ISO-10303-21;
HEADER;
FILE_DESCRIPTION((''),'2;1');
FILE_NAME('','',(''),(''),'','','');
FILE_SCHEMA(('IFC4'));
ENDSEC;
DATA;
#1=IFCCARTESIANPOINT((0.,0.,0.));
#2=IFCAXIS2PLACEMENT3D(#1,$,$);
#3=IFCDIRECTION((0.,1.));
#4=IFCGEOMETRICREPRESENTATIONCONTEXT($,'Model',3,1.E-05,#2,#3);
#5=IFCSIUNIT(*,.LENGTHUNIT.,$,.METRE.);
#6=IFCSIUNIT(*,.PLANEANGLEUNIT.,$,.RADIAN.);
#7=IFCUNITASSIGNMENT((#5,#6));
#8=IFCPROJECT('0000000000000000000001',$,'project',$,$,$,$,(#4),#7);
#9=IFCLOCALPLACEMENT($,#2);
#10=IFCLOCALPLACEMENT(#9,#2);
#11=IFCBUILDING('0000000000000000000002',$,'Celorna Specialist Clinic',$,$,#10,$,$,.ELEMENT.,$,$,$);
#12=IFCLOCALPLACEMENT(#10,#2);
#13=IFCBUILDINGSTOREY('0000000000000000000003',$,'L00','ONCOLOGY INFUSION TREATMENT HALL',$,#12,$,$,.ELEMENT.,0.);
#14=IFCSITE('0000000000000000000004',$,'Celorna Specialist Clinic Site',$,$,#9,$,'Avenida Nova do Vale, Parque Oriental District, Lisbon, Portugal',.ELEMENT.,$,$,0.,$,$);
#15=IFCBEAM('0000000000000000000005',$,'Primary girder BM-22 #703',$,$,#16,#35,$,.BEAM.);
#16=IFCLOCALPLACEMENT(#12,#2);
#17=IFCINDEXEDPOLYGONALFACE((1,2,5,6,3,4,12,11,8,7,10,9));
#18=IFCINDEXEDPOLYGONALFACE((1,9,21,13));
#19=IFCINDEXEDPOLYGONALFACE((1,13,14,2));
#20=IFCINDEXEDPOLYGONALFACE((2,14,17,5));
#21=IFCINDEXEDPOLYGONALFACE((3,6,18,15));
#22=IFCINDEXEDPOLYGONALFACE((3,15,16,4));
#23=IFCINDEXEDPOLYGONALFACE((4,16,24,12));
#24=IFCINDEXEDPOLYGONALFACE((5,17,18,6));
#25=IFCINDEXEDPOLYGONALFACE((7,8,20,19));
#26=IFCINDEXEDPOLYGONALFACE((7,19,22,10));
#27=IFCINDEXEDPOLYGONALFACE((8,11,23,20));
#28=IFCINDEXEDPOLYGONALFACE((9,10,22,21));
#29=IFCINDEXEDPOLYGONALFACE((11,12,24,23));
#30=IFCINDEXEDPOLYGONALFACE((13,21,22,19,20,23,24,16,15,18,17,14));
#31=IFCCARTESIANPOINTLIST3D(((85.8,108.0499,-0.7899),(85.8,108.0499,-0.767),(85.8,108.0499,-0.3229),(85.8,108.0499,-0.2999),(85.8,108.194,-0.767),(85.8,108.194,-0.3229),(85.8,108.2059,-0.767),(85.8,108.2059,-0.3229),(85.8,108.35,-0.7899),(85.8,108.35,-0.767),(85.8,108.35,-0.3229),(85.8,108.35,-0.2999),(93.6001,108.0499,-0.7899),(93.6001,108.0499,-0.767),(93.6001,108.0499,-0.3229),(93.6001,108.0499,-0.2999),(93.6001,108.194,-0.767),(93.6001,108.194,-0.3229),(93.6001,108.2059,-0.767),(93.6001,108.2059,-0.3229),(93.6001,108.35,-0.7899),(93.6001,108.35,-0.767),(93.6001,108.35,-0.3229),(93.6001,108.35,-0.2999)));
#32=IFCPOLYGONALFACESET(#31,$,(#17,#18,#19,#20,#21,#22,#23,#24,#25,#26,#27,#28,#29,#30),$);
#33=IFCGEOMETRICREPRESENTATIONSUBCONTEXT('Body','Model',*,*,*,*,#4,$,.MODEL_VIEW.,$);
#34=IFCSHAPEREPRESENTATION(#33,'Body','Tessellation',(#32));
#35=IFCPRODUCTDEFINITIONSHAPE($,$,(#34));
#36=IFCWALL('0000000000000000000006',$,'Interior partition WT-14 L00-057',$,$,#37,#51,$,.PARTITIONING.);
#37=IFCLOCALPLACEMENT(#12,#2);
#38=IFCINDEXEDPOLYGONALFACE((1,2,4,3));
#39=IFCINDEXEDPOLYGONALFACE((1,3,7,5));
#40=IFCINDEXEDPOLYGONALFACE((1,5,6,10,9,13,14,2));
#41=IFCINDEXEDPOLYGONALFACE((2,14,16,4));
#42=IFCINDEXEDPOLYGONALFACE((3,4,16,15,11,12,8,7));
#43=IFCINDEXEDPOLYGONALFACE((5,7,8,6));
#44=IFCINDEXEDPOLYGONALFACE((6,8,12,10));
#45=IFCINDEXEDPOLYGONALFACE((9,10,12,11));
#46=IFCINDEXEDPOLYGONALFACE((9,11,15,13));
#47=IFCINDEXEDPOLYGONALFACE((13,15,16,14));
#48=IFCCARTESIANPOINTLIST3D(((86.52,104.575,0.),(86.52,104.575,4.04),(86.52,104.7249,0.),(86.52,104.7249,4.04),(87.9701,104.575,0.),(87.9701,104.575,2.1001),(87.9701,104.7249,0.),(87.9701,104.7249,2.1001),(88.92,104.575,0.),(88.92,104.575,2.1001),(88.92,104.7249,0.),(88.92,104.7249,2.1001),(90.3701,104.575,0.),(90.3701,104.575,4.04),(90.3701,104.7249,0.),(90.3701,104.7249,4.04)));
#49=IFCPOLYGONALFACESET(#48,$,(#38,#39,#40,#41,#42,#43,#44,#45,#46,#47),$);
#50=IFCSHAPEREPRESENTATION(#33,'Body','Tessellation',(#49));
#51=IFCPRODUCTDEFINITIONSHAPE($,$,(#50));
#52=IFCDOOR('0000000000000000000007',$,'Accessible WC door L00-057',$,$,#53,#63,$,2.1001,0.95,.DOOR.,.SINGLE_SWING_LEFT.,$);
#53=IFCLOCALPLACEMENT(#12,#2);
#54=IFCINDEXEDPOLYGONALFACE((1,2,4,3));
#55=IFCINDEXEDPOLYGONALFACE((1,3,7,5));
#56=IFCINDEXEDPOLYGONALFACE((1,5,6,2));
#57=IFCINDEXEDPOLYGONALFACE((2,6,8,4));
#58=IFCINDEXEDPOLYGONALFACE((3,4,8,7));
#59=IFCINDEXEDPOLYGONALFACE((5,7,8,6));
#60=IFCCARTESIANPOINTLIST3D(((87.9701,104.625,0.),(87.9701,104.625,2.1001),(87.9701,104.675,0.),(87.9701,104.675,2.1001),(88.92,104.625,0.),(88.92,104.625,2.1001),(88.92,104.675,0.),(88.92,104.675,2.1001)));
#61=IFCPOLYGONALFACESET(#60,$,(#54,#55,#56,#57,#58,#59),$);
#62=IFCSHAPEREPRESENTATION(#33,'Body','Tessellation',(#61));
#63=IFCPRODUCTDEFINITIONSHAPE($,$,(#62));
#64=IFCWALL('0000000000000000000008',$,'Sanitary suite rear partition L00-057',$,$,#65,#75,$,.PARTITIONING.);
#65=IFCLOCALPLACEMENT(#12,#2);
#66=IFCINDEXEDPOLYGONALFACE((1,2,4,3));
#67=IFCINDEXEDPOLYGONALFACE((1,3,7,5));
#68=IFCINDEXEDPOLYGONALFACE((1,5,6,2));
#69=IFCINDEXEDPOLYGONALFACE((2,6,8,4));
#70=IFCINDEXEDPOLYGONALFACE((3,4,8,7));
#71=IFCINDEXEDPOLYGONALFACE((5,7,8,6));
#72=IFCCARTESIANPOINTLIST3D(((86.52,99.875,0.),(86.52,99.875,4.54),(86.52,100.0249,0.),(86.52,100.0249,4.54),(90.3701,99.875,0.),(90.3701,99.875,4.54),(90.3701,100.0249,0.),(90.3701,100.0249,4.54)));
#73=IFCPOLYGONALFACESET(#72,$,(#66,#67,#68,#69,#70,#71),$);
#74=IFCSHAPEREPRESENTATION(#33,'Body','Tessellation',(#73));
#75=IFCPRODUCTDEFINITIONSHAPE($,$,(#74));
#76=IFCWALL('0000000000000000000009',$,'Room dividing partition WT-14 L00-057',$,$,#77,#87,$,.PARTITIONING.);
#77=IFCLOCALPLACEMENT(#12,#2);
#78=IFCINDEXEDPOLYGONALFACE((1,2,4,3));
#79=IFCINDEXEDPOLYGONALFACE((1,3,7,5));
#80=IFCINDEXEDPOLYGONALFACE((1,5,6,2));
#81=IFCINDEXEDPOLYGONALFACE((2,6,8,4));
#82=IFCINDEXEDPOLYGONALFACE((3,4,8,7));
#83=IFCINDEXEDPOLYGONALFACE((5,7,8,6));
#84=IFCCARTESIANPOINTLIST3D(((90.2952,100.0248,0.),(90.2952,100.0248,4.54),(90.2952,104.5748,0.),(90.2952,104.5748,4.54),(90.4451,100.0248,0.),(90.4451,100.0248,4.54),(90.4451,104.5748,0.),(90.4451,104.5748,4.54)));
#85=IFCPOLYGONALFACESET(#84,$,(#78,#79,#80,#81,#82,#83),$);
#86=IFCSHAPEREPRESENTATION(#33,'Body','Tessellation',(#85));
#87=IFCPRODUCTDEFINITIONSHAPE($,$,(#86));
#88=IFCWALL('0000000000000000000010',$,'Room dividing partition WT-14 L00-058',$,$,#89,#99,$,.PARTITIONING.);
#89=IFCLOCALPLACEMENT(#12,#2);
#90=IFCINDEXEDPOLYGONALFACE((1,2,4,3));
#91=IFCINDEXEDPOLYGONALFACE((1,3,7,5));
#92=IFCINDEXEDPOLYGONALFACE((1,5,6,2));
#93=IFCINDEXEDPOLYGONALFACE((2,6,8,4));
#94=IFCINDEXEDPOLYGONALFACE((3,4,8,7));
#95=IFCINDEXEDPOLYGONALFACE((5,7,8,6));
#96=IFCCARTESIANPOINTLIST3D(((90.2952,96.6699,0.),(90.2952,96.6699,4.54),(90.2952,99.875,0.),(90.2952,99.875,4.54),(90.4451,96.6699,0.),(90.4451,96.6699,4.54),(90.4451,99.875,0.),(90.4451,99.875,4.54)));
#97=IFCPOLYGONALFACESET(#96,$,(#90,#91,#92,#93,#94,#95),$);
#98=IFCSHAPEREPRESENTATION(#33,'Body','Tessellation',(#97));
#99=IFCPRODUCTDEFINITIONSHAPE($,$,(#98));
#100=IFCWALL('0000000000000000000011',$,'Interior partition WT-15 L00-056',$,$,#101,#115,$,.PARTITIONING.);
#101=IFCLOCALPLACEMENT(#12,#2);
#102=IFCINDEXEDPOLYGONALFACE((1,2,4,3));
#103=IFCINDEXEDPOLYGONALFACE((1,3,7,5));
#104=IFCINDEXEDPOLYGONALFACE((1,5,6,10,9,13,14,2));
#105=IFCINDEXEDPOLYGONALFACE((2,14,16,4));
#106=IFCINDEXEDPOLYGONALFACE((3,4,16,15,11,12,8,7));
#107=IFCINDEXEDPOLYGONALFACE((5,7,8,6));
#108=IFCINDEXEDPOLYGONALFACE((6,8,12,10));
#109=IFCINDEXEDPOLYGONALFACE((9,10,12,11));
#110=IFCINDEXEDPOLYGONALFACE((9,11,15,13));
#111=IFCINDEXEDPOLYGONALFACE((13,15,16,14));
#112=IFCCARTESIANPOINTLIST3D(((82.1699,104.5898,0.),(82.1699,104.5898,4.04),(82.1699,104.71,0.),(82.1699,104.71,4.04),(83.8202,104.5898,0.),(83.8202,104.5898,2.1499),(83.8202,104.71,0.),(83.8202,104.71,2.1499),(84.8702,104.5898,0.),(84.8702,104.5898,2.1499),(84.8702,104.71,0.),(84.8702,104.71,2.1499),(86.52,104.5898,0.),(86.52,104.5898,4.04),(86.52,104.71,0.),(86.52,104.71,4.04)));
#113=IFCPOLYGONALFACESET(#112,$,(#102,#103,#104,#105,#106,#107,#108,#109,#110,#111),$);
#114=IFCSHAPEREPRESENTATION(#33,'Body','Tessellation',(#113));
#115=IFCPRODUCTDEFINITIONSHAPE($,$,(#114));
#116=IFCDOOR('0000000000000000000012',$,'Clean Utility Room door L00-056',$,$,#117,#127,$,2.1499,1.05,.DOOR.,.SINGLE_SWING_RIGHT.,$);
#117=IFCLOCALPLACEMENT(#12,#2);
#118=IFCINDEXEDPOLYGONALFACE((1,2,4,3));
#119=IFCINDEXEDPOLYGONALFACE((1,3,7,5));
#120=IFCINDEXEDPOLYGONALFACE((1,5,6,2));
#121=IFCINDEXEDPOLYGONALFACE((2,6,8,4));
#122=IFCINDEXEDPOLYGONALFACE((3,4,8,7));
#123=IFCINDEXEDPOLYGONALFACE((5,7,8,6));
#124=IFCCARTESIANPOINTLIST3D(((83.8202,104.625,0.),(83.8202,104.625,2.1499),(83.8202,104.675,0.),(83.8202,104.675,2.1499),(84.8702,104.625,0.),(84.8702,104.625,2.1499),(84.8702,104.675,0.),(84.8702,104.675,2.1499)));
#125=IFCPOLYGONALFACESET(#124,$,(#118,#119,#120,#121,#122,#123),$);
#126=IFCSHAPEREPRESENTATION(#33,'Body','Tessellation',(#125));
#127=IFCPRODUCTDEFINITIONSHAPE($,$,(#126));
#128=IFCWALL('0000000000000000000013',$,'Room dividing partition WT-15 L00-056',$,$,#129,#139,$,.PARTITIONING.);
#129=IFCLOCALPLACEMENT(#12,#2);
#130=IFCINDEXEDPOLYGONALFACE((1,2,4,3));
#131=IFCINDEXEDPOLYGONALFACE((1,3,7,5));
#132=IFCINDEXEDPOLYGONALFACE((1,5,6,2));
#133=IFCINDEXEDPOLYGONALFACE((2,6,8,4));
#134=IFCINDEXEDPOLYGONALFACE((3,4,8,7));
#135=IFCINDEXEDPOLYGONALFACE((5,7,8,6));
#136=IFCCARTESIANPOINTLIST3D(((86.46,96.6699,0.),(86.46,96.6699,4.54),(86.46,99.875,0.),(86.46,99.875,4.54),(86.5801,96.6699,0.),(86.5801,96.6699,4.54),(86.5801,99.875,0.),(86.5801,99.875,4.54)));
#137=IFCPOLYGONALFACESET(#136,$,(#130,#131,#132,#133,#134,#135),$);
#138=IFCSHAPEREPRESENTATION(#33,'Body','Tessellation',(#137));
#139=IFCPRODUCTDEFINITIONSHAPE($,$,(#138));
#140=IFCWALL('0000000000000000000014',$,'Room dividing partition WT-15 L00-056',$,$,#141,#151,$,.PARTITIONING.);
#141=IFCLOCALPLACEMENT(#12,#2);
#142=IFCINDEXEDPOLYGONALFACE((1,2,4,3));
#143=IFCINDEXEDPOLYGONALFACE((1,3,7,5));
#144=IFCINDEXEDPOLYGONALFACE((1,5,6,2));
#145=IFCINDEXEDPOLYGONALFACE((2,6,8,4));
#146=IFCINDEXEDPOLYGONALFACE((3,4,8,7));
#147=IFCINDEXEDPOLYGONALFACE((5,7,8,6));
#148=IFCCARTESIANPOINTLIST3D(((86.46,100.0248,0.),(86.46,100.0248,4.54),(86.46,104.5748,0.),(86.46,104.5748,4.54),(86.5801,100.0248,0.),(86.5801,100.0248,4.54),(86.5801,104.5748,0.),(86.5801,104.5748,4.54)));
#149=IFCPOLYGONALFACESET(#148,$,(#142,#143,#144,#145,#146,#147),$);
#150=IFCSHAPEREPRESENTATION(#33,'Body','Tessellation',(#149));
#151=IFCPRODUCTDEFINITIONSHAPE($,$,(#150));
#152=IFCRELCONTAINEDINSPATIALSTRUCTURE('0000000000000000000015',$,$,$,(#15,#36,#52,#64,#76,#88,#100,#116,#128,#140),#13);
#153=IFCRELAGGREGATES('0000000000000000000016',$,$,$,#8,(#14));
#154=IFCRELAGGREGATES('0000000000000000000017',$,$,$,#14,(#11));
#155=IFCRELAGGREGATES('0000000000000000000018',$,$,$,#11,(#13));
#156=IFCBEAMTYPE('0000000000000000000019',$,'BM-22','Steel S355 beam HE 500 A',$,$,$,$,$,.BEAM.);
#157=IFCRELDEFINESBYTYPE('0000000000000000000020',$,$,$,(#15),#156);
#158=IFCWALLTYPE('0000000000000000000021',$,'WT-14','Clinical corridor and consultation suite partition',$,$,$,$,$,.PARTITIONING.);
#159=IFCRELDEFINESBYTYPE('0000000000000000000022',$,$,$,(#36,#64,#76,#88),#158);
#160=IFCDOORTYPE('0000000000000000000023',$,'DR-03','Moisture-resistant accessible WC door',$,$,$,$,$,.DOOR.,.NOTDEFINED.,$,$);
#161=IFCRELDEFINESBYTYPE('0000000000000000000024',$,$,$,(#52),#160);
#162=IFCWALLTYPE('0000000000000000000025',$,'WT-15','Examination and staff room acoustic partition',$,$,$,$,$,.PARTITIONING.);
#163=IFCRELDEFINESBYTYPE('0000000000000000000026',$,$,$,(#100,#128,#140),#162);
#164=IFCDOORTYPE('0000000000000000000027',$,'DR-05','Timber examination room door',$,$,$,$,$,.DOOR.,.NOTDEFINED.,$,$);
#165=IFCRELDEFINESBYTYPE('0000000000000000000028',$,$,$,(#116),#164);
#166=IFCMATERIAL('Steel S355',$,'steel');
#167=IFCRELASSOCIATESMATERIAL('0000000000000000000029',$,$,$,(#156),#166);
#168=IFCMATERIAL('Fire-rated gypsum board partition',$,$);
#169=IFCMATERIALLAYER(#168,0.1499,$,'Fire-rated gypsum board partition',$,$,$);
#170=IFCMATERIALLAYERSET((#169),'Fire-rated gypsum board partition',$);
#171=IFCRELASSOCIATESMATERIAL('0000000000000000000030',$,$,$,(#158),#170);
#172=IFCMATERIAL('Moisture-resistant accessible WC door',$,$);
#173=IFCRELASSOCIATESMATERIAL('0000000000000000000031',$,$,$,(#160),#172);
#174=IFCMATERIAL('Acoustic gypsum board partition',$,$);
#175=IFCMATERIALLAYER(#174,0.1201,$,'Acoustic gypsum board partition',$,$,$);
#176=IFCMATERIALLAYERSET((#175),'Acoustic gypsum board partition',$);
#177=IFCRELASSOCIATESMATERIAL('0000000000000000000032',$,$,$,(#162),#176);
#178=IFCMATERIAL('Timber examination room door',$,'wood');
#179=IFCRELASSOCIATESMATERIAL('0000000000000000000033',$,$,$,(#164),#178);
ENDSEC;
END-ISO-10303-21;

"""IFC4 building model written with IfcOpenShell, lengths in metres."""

from ifc_helpers import new_model, si_unit, direction, frame, frame_2d, origin, origin_2d, place, context, subcontext, project, spatial, rectangle, i_section, extrude, material, layer, layer_set, material_profile, profile_set, type_object, element, fill, save


model = new_model("IFC4")

# Units and contexts
model_context = context("Model", 3, precision=1e-05, world=origin(), true_north=direction((0.0, 1.0)))
body_context = subcontext(model_context, "Body", "Model", "MODEL_VIEW")
ifc_project = project(units=[si_unit("LENGTHUNIT", "METRE"), si_unit("PLANEANGLEUNIT", "RADIAN")], contexts=[model_context])

# Site, building, storey
site_placement = place(None, origin())
site = spatial("IfcSite", under=ifc_project, at=site_placement, Name="Celorna Specialist Clinic Site", LongName="Avenida Nova do Vale, Parque Oriental District, Lisbon, Portugal", CompositionType="ELEMENT", RefElevation=0.0)
building_placement = place(site_placement, origin())
building = spatial("IfcBuilding", under=site, at=building_placement, Name="Celorna Specialist Clinic", CompositionType="ELEMENT")
storey_placement = place(building_placement, origin())
storey = spatial("IfcBuildingStorey", under=building, at=storey_placement, Name="L00", Description="ONCOLOGY INFUSION TREATMENT HALL", CompositionType="ELEMENT", Elevation=0.0)

# Beam
ifc_material_1 = material(Name="Steel S355", Category="steel")
ifc_material_profile_1 = material_profile(ifc_material_1, i_section(OverallWidth=0.3, OverallDepth=0.49, WebThickness=0.012, FlangeThickness=0.0229, at=origin_2d()), Name="HE 500 A")
ifc_profile_set_1 = profile_set([ifc_material_profile_1], Name="Steel S355")
beam_type_1 = type_object("IfcBeamType", Name="BM-22", Description="Steel S355 beam HE 500 A", PredefinedType="BEAM", material=ifc_profile_set_1)
for number, where, z_axis, x_axis, name in (
    (1, (85.8, 108.2, -0.5449), (1.0, 0.0, 0.0), (0.0, 1.0, 0.0), "Primary girder BM-22 #703"),
):
    element("IfcBeam", number, at=place(storey_placement, frame(where, z_axis=z_axis, x_axis=x_axis)), inside=storey, type_object=beam_type_1, Name=name, PredefinedType="BEAM", context=body_context, shape_type="SweptSolid", body=[
        extrude(i_section(OverallWidth=0.3, OverallDepth=0.49, WebThickness=0.012, FlangeThickness=0.0229, at=origin_2d()), origin(), (0.0, 0.0, 1.0), 7.8),
    ])

# Wall, opening, door
ifc_material_2 = material(Name="Fire-rated gypsum board partition")
ifc_layer_1 = layer(ifc_material_2, 0.1499, Name="Fire-rated gypsum board partition")
ifc_layer_set_1 = layer_set([ifc_layer_1], Name="Fire-rated gypsum board partition")
wall_type_1 = type_object("IfcWallType", Name="WT-14", Description="Clinical corridor and consultation suite partition", PredefinedType="PARTITIONING", material=ifc_layer_set_1)
wall_1_placement = place(storey_placement, frame((90.3701, 104.6499, 0.0), z_axis=(0.0, 0.0, 1.0), x_axis=(-1.0, 0.0, 0.0)))
wall_1 = element("IfcWall", 2, at=wall_1_placement, inside=storey, type_object=wall_type_1, Name="Interior partition WT-14 L00-057", PredefinedType="PARTITIONING", context=body_context, shape_type="SweptSolid", body=[
    extrude(rectangle(XDim=3.8501, YDim=0.1499, at=frame_2d((1.925, 0.0))), origin(), (0.0, 0.0, 1.0), 4.04),
])
opening_1_placement = place(wall_1_placement, frame((1.45, 0.0, 0.0)))
opening_1 = element("IfcOpeningElement", 3, at=opening_1_placement, cuts=wall_1, PredefinedType="OPENING", context=body_context, shape_type="SweptSolid", body=[
    extrude(rectangle(XDim=0.95, YDim=2.1001, at=frame_2d((0.4751, 1.05))), frame((0.0, 0.085, 0.0), z_axis=(0.0, -1.0, 0.0), x_axis=(1.0, 0.0, 0.0)), (0.0, 0.0, 1.0), 0.1699),
])
ifc_material_3 = material(Name="Moisture-resistant accessible WC door")
door_type_1 = type_object("IfcDoorType", Name="DR-03", Description="Moisture-resistant accessible WC door", OperationType="NOTDEFINED", PredefinedType="DOOR", material=ifc_material_3)
door_1_placement = place(opening_1_placement, origin())
door_1 = element("IfcDoor", 4, at=door_1_placement, inside=storey, type_object=door_type_1, Name="Accessible WC door L00-057", OperationType="SINGLE_SWING_LEFT", OverallHeight=2.1001, OverallWidth=0.95, PredefinedType="DOOR", context=body_context, shape_type="SweptSolid", body=[
    extrude(rectangle(XDim=0.95, YDim=2.1001, at=frame_2d((0.4751, 1.05))), frame((0.0, 0.0249, 0.0), z_axis=(0.0, -1.0, 0.0), x_axis=(1.0, 0.0, 0.0)), (0.0, 0.0, 1.0), 0.05),
])
fill(opening_1, door_1)

# Walls
wall_2_placement = place(storey_placement, frame((86.52, 99.95, 0.0), z_axis=(0.0, 0.0, 1.0), x_axis=(1.0, 0.0, 0.0)))
element("IfcWall", 5, at=wall_2_placement, inside=storey, type_object=wall_type_1, Name="Sanitary suite rear partition L00-057", PredefinedType="PARTITIONING", context=body_context, shape_type="SweptSolid", body=[
    extrude(rectangle(XDim=3.8501, YDim=0.1499, at=frame_2d((1.925, 0.0))), origin(), (0.0, 0.0, 1.0), 4.54),
])
wall_3_placement = place(storey_placement, frame((90.3701, 100.0249, 0.0), z_axis=(0.0, 0.0, 1.0), x_axis=(0.0, 1.0, 0.0)))
element("IfcWall", 6, at=wall_3_placement, inside=storey, type_object=wall_type_1, Name="Room dividing partition WT-14 L00-057", PredefinedType="PARTITIONING", context=body_context, shape_type="SweptSolid", body=[
    extrude(rectangle(XDim=4.55, YDim=0.1499, at=frame_2d((2.2749, 0.0))), origin(), (0.0, 0.0, 1.0), 4.54),
])
wall_4_placement = place(storey_placement, frame((90.3701, 96.6699, 0.0), z_axis=(0.0, 0.0, 1.0), x_axis=(0.0, 1.0, 0.0)))
element("IfcWall", 7, at=wall_4_placement, inside=storey, type_object=wall_type_1, Name="Room dividing partition WT-14 L00-058", PredefinedType="PARTITIONING", context=body_context, shape_type="SweptSolid", body=[
    extrude(rectangle(XDim=3.2051, YDim=0.1499, at=frame_2d((1.6025, 0.0))), origin(), (0.0, 0.0, 1.0), 4.54),
])

# Wall, opening, door
ifc_material_4 = material(Name="Acoustic gypsum board partition")
ifc_layer_2 = layer(ifc_material_4, 0.1201, Name="Acoustic gypsum board partition")
ifc_layer_set_2 = layer_set([ifc_layer_2], Name="Acoustic gypsum board partition")
wall_type_2 = type_object("IfcWallType", Name="WT-15", Description="Examination and staff room acoustic partition", PredefinedType="PARTITIONING", material=ifc_layer_set_2)
wall_5_placement = place(storey_placement, frame((86.52, 104.6499, 0.0), z_axis=(0.0, 0.0, 1.0), x_axis=(-1.0, 0.0, 0.0)))
wall_5 = element("IfcWall", 8, at=wall_5_placement, inside=storey, type_object=wall_type_2, Name="Interior partition WT-15 L00-056", PredefinedType="PARTITIONING", context=body_context, shape_type="SweptSolid", body=[
    extrude(rectangle(XDim=4.3501, YDim=0.1201, at=frame_2d((2.175, 0.0))), origin(), (0.0, 0.0, 1.0), 4.04),
])
opening_2_placement = place(wall_5_placement, frame((1.6499, 0.0, 0.0)))
opening_2 = element("IfcOpeningElement", 9, at=opening_2_placement, cuts=wall_5, PredefinedType="OPENING", context=body_context, shape_type="SweptSolid", body=[
    extrude(rectangle(XDim=1.05, YDim=2.1499, at=frame_2d((0.5249, 1.075))), frame((0.0, 0.0701, 0.0), z_axis=(0.0, -1.0, 0.0), x_axis=(1.0, 0.0, 0.0)), (0.0, 0.0, 1.0), 0.1401),
])
ifc_material_5 = material(Name="Timber examination room door", Category="wood")
door_type_2 = type_object("IfcDoorType", Name="DR-05", Description="Timber examination room door", OperationType="NOTDEFINED", PredefinedType="DOOR", material=ifc_material_5)
door_2_placement = place(opening_2_placement, origin())
door_2 = element("IfcDoor", 10, at=door_2_placement, inside=storey, type_object=door_type_2, Name="Clean Utility Room door L00-056", OperationType="SINGLE_SWING_RIGHT", OverallHeight=2.1499, OverallWidth=1.05, PredefinedType="DOOR", context=body_context, shape_type="SweptSolid", body=[
    extrude(rectangle(XDim=1.05, YDim=2.1499, at=frame_2d((0.5249, 1.075))), frame((0.0, 0.0249, 0.0), z_axis=(0.0, -1.0, 0.0), x_axis=(1.0, 0.0, 0.0)), (0.0, 0.0, 1.0), 0.05),
])
fill(opening_2, door_2)

# Walls
wall_6_placement = place(storey_placement, frame((86.52, 96.6699, 0.0), z_axis=(0.0, 0.0, 1.0), x_axis=(0.0, 1.0, 0.0)))
element("IfcWall", 11, at=wall_6_placement, inside=storey, type_object=wall_type_2, Name="Room dividing partition WT-15 L00-056", PredefinedType="PARTITIONING", context=body_context, shape_type="SweptSolid", body=[
    extrude(rectangle(XDim=3.2051, YDim=0.1201, at=frame_2d((1.6025, 0.0))), origin(), (0.0, 0.0, 1.0), 4.54),
])
wall_7_placement = place(storey_placement, frame((86.52, 100.0249, 0.0), z_axis=(0.0, 0.0, 1.0), x_axis=(0.0, 1.0, 0.0)))
element("IfcWall", 12, at=wall_7_placement, inside=storey, type_object=wall_type_2, Name="Room dividing partition WT-15 L00-056", PredefinedType="PARTITIONING", context=body_context, shape_type="SweptSolid", body=[
    extrude(rectangle(XDim=4.55, YDim=0.1201, at=frame_2d((2.2749, 0.0))), origin(), (0.0, 0.0, 1.0), 4.54),
])

save(model, "model.ifc")
